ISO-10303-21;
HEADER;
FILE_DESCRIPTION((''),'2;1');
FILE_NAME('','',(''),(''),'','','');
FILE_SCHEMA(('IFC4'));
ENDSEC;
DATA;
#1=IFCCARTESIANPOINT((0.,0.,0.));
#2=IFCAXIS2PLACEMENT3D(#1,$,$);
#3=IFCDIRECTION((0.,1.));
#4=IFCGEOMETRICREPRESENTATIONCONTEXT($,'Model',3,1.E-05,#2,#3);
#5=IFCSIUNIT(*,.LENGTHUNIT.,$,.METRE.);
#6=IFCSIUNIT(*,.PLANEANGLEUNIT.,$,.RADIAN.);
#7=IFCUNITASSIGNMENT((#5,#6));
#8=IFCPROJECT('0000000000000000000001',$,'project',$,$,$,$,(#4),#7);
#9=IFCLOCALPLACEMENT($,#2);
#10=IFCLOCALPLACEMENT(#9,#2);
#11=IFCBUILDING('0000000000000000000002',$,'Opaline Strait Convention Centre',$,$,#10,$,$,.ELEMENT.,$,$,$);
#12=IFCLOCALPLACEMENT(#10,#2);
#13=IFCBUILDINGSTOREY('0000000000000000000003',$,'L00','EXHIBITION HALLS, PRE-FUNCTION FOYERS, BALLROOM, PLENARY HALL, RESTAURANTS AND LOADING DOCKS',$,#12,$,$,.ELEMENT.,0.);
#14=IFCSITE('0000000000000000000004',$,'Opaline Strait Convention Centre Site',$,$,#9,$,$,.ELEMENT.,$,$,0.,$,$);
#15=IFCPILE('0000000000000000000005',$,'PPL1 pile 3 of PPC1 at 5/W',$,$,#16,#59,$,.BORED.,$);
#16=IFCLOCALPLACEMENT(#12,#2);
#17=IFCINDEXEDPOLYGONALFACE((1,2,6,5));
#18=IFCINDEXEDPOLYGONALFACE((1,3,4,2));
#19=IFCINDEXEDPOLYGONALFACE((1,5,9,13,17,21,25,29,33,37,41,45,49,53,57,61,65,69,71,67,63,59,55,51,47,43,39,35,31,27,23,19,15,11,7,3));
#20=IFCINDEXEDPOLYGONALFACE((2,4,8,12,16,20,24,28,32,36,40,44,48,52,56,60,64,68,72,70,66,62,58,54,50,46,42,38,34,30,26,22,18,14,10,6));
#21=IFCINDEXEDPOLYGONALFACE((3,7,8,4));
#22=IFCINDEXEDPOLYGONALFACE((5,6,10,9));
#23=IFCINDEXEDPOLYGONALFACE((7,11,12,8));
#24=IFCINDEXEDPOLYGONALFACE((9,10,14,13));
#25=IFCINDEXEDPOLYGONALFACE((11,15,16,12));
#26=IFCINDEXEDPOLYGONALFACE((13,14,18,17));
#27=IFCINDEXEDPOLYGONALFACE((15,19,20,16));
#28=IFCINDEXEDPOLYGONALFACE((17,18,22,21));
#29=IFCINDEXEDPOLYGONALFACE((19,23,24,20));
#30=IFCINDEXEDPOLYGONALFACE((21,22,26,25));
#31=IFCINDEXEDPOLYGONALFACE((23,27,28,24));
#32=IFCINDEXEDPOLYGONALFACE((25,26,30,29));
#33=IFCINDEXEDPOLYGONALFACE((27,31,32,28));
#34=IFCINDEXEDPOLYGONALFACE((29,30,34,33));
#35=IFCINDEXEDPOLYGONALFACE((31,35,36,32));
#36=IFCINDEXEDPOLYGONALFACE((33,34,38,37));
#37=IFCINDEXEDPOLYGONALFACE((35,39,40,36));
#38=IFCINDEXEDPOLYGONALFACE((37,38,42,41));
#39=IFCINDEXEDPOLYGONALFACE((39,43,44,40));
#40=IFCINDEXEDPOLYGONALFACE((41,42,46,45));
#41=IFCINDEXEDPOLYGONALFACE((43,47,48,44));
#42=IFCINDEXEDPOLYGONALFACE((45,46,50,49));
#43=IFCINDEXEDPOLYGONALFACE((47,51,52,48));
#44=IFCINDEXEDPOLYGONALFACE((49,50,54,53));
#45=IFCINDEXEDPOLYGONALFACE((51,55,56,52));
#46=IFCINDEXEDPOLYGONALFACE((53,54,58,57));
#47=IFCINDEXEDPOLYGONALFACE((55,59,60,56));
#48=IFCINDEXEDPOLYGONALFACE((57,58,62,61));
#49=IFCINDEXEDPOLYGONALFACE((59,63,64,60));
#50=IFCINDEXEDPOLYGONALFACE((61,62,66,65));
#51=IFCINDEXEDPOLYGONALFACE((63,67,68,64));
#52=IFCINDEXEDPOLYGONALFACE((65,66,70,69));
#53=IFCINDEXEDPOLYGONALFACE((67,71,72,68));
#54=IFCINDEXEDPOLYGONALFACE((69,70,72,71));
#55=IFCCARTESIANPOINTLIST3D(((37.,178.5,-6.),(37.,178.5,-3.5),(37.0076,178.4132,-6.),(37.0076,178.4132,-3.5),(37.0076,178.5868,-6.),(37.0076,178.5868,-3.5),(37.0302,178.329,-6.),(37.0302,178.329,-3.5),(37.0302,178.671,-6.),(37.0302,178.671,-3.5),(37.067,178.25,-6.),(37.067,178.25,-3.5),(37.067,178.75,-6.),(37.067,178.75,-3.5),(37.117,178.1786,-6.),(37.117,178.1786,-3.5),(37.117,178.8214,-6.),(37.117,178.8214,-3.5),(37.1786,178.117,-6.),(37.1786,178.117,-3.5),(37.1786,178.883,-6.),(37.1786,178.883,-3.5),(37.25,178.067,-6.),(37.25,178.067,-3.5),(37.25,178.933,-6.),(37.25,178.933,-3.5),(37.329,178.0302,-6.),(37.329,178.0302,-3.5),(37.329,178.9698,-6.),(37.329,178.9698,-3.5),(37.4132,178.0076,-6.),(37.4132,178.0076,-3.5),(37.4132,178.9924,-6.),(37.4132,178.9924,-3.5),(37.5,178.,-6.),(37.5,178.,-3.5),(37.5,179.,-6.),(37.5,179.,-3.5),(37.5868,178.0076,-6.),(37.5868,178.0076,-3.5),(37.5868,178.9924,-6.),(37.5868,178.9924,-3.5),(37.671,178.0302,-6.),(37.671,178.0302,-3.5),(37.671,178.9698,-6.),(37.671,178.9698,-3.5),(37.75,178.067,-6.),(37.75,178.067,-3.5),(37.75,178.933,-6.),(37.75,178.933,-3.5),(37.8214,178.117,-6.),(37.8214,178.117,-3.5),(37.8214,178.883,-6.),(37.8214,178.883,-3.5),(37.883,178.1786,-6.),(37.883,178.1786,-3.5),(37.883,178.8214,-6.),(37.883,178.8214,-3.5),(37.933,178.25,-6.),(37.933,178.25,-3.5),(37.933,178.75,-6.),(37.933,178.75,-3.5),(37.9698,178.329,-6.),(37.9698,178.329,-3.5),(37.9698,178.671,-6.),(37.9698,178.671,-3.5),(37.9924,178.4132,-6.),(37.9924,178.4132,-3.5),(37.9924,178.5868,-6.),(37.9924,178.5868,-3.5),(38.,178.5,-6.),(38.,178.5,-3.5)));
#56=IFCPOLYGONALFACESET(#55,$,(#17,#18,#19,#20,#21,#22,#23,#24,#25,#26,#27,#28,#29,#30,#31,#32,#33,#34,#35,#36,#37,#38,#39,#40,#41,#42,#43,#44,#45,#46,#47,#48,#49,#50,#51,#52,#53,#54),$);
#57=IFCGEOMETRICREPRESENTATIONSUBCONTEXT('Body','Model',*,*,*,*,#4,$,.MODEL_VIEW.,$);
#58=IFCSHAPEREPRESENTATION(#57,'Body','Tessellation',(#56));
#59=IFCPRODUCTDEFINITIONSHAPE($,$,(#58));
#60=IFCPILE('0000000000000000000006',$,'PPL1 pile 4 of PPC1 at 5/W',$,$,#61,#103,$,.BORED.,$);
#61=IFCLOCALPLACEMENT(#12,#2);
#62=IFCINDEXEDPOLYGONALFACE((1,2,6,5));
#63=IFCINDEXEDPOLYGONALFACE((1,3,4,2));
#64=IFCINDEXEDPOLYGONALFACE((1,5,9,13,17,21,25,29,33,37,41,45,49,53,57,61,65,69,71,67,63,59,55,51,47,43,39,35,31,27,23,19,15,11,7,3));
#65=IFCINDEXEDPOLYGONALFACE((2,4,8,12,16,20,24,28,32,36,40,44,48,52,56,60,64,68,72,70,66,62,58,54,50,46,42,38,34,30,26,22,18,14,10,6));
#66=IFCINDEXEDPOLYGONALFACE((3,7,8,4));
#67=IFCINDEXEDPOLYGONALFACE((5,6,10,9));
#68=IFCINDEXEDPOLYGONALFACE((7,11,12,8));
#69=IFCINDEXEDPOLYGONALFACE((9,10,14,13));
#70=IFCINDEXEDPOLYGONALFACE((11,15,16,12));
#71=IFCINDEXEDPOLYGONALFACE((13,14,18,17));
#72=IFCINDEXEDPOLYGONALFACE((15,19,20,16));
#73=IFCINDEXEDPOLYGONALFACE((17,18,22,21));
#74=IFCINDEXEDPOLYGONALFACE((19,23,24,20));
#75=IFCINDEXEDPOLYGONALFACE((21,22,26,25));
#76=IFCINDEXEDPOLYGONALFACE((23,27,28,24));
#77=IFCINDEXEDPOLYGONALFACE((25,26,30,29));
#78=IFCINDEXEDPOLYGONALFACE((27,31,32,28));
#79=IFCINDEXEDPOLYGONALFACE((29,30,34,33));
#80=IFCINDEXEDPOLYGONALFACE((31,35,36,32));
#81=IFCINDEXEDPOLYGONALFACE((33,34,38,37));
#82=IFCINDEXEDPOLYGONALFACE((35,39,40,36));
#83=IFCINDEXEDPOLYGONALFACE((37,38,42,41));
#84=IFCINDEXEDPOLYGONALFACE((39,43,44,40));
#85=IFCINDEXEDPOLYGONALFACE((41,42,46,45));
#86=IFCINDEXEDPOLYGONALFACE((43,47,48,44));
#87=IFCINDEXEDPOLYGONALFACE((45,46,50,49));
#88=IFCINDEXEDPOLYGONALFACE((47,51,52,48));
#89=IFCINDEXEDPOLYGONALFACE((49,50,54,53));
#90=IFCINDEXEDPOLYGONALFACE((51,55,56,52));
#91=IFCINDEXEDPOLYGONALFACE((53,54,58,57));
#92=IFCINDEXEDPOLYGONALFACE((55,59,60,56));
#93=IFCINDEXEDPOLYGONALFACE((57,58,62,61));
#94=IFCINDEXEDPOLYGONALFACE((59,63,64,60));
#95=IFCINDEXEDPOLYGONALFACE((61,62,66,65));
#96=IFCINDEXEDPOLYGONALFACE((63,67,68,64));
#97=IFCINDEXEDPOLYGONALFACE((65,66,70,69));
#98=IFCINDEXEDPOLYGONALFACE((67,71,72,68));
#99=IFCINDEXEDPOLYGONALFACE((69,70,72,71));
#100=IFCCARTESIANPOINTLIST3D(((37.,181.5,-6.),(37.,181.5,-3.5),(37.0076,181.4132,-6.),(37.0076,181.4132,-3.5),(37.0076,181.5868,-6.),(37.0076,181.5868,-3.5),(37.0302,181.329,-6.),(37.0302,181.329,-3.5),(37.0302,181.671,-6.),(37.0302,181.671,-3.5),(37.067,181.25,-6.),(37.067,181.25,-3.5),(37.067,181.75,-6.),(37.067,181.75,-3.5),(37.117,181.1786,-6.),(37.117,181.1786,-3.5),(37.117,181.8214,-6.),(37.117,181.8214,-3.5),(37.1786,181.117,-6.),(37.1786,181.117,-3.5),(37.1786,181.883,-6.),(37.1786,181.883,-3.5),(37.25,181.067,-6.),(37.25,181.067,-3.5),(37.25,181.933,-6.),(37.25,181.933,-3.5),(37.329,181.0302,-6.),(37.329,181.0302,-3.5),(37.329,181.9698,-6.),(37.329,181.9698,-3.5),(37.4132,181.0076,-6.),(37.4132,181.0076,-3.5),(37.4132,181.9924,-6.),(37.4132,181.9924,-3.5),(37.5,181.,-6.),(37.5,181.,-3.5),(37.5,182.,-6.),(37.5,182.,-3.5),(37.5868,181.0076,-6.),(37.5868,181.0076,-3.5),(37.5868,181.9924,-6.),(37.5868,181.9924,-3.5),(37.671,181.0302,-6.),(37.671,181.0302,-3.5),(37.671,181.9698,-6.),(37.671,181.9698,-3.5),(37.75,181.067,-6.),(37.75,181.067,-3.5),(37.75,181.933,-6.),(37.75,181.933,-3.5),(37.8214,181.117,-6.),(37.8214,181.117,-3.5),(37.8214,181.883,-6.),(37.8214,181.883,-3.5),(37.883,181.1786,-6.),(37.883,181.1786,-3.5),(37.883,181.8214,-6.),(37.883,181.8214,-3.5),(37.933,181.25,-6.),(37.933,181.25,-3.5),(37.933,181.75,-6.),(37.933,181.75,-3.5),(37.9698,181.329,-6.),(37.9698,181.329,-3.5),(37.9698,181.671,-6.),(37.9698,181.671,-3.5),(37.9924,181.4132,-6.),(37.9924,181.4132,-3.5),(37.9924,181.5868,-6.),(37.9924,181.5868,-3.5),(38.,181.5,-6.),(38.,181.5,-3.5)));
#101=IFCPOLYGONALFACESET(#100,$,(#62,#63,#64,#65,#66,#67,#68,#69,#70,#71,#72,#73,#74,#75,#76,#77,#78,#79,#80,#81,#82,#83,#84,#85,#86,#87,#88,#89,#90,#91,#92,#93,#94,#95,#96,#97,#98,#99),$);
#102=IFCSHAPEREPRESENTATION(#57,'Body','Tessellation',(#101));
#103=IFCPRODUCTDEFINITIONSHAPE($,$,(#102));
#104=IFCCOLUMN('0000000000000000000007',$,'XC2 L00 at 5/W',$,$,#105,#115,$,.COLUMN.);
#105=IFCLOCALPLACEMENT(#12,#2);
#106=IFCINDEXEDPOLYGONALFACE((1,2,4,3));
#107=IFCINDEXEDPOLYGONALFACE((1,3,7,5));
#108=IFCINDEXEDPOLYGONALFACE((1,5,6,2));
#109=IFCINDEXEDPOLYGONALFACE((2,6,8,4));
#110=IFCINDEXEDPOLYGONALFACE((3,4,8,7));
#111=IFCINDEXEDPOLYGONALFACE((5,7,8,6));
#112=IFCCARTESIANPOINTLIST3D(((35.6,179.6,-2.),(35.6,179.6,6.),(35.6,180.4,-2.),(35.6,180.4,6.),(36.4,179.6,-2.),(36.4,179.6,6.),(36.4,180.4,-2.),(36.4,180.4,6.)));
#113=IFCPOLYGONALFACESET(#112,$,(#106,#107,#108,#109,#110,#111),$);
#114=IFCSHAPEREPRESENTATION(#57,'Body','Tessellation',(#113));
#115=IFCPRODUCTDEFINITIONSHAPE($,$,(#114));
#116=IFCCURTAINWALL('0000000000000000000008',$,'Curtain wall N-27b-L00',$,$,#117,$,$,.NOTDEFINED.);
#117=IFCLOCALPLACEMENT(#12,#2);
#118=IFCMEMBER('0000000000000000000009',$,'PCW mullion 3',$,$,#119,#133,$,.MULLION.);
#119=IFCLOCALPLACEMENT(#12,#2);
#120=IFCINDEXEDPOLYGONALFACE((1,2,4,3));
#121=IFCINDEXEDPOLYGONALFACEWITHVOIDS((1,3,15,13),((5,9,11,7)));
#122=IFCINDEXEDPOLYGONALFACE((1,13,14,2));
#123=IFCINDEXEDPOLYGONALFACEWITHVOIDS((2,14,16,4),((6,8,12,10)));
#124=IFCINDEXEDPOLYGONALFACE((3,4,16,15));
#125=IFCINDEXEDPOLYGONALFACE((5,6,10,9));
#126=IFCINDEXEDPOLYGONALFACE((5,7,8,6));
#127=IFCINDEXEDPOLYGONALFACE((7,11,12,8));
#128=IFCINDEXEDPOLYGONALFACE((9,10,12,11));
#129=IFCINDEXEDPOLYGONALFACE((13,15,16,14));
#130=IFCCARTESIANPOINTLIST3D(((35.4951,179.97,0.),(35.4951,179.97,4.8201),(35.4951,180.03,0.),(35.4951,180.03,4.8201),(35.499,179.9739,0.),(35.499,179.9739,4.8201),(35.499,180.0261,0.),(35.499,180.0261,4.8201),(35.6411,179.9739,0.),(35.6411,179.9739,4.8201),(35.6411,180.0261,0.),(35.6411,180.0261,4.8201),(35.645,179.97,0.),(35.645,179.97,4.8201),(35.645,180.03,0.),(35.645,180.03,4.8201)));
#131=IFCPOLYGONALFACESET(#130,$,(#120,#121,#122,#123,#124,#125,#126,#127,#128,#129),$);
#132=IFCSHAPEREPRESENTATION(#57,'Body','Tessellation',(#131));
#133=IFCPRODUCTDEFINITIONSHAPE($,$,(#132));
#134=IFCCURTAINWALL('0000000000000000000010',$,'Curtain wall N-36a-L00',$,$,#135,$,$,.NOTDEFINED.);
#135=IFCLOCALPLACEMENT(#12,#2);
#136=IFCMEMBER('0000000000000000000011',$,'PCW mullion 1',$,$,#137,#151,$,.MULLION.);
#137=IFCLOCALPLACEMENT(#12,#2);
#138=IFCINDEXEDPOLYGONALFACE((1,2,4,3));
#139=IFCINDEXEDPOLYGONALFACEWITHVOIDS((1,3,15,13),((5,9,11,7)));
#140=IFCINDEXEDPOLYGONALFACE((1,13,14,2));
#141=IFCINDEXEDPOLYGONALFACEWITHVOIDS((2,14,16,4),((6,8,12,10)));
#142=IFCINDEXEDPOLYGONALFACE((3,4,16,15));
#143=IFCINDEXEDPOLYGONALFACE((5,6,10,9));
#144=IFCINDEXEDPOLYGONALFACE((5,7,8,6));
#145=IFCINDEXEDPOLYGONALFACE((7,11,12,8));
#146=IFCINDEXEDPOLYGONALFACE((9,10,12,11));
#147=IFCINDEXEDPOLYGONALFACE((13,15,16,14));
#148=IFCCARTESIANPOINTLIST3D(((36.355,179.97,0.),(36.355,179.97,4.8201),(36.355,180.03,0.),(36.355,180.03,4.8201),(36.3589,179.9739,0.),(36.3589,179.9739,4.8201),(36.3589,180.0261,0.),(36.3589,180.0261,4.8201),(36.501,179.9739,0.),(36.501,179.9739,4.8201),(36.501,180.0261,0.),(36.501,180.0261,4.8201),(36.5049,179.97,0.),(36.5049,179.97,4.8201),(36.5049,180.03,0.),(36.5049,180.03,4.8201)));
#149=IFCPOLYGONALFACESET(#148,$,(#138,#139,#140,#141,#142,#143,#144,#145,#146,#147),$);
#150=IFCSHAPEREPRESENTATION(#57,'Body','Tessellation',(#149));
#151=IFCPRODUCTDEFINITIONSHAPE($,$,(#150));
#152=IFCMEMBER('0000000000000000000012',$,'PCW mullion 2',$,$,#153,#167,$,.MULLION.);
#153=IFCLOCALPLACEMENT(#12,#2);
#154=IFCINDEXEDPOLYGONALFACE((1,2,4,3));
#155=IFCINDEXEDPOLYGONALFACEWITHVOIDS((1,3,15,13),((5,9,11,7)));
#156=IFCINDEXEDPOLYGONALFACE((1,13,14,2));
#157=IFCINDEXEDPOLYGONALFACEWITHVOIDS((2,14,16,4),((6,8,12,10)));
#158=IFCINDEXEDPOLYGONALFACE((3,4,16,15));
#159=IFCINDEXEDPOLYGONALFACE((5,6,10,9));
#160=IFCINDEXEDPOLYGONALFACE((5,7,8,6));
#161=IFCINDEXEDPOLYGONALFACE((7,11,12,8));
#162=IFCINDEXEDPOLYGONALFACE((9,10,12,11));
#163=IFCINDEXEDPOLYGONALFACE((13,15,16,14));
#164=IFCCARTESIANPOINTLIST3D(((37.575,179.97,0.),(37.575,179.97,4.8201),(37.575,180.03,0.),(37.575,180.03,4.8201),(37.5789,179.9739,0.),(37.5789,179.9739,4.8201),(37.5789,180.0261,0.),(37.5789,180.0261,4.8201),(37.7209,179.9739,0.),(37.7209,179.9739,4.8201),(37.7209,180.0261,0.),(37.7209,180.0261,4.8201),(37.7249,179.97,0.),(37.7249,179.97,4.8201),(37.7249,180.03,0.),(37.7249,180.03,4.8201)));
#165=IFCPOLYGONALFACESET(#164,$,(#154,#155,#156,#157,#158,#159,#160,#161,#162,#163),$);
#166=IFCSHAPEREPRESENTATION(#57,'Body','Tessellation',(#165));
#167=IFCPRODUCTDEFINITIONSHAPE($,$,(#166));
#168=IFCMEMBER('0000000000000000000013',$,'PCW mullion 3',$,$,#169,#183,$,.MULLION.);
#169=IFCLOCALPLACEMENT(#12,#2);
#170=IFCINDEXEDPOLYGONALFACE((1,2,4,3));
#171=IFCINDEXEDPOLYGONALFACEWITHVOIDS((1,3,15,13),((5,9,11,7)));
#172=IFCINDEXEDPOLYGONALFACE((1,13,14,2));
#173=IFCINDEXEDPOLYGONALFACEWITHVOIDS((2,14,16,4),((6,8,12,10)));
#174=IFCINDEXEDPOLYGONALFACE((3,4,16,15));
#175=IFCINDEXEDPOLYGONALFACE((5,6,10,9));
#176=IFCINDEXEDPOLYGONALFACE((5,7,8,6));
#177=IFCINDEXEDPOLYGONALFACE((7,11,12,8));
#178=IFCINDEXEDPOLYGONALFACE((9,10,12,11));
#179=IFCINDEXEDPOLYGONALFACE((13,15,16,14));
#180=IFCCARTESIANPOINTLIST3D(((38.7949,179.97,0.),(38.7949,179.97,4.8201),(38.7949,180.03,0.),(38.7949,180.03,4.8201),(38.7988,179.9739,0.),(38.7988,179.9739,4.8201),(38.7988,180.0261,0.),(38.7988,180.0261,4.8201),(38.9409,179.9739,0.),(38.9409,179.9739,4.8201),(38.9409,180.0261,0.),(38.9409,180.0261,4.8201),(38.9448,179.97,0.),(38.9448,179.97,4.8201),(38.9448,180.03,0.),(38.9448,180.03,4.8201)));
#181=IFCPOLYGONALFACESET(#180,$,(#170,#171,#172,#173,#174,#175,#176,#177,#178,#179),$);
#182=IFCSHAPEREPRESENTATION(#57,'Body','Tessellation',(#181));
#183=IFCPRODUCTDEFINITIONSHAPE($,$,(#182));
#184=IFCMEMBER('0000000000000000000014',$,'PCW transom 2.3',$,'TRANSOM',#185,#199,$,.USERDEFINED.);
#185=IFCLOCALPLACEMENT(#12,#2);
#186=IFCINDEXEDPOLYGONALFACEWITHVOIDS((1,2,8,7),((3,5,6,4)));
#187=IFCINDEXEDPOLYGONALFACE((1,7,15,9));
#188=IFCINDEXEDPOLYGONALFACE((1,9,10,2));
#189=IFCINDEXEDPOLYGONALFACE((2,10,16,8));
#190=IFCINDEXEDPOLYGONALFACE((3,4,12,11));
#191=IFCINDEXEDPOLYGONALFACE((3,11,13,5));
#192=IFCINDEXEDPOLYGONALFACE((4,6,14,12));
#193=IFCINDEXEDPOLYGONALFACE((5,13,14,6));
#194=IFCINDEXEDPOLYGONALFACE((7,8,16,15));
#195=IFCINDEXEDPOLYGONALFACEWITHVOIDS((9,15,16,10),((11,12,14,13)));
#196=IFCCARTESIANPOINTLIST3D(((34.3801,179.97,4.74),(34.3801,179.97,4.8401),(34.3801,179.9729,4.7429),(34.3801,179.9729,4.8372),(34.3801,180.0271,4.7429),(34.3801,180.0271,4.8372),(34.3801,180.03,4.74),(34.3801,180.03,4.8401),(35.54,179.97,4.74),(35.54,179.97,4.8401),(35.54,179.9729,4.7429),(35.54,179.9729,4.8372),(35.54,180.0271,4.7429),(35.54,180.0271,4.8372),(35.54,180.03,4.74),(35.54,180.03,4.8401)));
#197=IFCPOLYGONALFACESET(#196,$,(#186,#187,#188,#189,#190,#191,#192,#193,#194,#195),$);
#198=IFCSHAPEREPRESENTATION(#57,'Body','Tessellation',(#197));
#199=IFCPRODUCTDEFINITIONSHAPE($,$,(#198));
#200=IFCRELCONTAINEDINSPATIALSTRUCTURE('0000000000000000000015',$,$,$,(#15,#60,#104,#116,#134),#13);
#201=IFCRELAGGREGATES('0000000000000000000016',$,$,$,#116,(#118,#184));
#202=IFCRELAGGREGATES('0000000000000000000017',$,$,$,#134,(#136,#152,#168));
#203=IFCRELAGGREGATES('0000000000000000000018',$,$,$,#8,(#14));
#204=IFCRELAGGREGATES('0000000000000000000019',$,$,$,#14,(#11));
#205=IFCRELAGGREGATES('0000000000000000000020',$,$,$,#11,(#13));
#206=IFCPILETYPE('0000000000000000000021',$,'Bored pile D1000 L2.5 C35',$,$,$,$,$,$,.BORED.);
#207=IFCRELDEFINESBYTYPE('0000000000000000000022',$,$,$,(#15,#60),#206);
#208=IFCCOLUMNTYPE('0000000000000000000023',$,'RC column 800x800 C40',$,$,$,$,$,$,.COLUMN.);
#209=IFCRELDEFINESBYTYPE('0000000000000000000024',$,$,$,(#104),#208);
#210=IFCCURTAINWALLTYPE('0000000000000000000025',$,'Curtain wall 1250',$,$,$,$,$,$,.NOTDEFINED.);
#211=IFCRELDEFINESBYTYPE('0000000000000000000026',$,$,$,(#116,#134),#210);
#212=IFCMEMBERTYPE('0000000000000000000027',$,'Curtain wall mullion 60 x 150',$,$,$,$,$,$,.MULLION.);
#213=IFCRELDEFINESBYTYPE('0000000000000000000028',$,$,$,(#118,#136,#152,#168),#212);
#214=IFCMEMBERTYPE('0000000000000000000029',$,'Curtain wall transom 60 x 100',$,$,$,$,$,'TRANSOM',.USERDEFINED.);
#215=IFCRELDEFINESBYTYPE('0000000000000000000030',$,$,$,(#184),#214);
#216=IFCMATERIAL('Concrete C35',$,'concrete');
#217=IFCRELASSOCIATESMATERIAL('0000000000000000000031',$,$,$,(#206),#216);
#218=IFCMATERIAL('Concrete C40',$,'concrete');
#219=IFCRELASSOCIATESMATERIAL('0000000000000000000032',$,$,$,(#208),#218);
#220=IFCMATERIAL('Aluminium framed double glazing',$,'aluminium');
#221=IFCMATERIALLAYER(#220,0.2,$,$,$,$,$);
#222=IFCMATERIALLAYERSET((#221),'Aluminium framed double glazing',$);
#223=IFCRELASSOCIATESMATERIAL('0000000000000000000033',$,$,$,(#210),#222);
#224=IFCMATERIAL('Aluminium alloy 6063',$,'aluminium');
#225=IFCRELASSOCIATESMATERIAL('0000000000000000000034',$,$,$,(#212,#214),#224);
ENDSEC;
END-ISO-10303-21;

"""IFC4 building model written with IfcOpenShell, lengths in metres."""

from ifc_helpers import new_model, si_unit, direction, frame, origin, origin_2d, place, context, subcontext, project, spatial, rectangle, hollow_rectangle, circle, extrude, material, layer, layer_set, material_profile, profile_set, type_object, element, aggregate, save


model = new_model("IFC4")

# Units and contexts
model_context = context("Model", 3, precision=1e-05, world=origin(), true_north=direction((0.0, 1.0)))
body_context = subcontext(model_context, "Body", "Model", "MODEL_VIEW")
ifc_project = project(units=[si_unit("LENGTHUNIT", "METRE"), si_unit("PLANEANGLEUNIT", "RADIAN")], contexts=[model_context])

# Site, building, storey
site_placement = place(None, origin())
site = spatial("IfcSite", under=ifc_project, at=site_placement, Name="Opaline Strait Convention Centre Site", CompositionType="ELEMENT", RefElevation=0.0)
building_placement = place(site_placement, origin())
building = spatial("IfcBuilding", under=site, at=building_placement, Name="Opaline Strait Convention Centre", CompositionType="ELEMENT")
storey_placement = place(building_placement, origin())
storey = spatial("IfcBuildingStorey", under=building, at=storey_placement, Name="L00", Description="EXHIBITION HALLS, PRE-FUNCTION FOYERS, BALLROOM, PLENARY HALL, RESTAURANTS AND LOADING DOCKS", CompositionType="ELEMENT", Elevation=0.0)

# Piles
ifc_material_1 = material(Name="Concrete C35", Category="concrete")
ifc_material_profile_1 = material_profile(ifc_material_1, circle(Radius=0.5, at=origin_2d()), Name="D1000")
ifc_profile_set_1 = profile_set([ifc_material_profile_1], Name="Concrete C35")
pile_type = type_object("IfcPileType", Name="Bored pile D1000 L2.5 C35", PredefinedType="BORED", material=ifc_profile_set_1)
for number, where, z_axis, x_axis, name in (
    (1, (37.5, 178.5, -3.5), (0.0, 0.0, -1.0), (1.0, 0.0, 0.0), "PPL1 pile 3 of PPC1 at 5/W"),
    (2, (37.5, 181.5, -3.5), (0.0, 0.0, -1.0), (1.0, 0.0, 0.0), "PPL1 pile 4 of PPC1 at 5/W"),
):
    element("IfcPile", number, at=place(storey_placement, frame(where, z_axis=z_axis, x_axis=x_axis)), inside=storey, type_object=pile_type, Name=name, PredefinedType="BORED", context=body_context, shape_type="SweptSolid", body=[
        extrude(circle(Radius=0.5, at=origin_2d()), origin(), (0.0, 0.0, 1.0), 2.5),
    ])

# Column
ifc_material_2 = material(Name="Concrete C40", Category="concrete")
ifc_material_profile_2 = material_profile(ifc_material_2, rectangle(XDim=0.8, YDim=0.8, at=origin_2d()), Name="RC 800x800")
ifc_profile_set_2 = profile_set([ifc_material_profile_2], Name="Concrete C40")
column_type = type_object("IfcColumnType", Name="RC column 800x800 C40", PredefinedType="COLUMN", material=ifc_profile_set_2)
column_placement = place(storey_placement, frame((36.0, 180.0, -2.0), z_axis=(0.0, 0.0, 1.0), x_axis=(1.0, 0.0, 0.0)))
element("IfcColumn", 3, at=column_placement, inside=storey, type_object=column_type, Name="XC2 L00 at 5/W", PredefinedType="COLUMN", context=body_context, shape_type="SweptSolid", body=[
    extrude(rectangle(XDim=0.8, YDim=0.8, at=origin_2d()), origin(), (0.0, 0.0, 1.0), 8.0),
])

# Curtain wall, member
ifc_material_3 = material(Name="Aluminium framed double glazing", Category="aluminium")
ifc_layer_1 = layer(ifc_material_3, 0.2)
ifc_layer_set_1 = layer_set([ifc_layer_1], Name="Aluminium framed double glazing")
curtain_wall_type = type_object("IfcCurtainWallType", Name="Curtain wall 1250", PredefinedType="NOTDEFINED", material=ifc_layer_set_1)
curtain_wall_1_placement = place(storey_placement, origin())
curtain_wall_1 = element("IfcCurtainWall", 4, at=curtain_wall_1_placement, inside=storey, type_object=curtain_wall_type, Name="Curtain wall N-27b-L00", PredefinedType="NOTDEFINED")
ifc_material_4 = material(Name="Aluminium alloy 6063", Category="aluminium")
ifc_material_profile_3 = material_profile(ifc_material_4, hollow_rectangle(XDim=0.0601, YDim=0.1499, WallThickness=0.0039, at=origin_2d()), Name="MULLION 60x150x4")
ifc_profile_set_3 = profile_set([ifc_material_profile_3], Name="Aluminium alloy 6063")
member_type_1 = type_object("IfcMemberType", Name="Curtain wall mullion 60 x 150", PredefinedType="MULLION", material=ifc_profile_set_3)
member_1_placement = place(storey_placement, frame((35.5701, 180.0, 0.0), z_axis=(0.0, 0.0, 1.0), x_axis=(0.0, 1.0, 0.0)))
member_1 = element("IfcMember", 5, at=member_1_placement, type_object=member_type_1, Name="PCW mullion 3", PredefinedType="MULLION", context=body_context, shape_type="SweptSolid", body=[
    extrude(hollow_rectangle(XDim=0.0601, YDim=0.1499, WallThickness=0.0039, at=origin_2d()), origin(), (0.0, 0.0, 1.0), 4.8201),
])

# Curtain wall, members
curtain_wall_2_placement = place(storey_placement, origin())
curtain_wall_2 = element("IfcCurtainWall", 6, at=curtain_wall_2_placement, inside=storey, type_object=curtain_wall_type, Name="Curtain wall N-36a-L00", PredefinedType="NOTDEFINED")
member_2_placement = place(storey_placement, frame((36.4299, 180.0, 0.0), z_axis=(0.0, 0.0, 1.0), x_axis=(0.0, 1.0, 0.0)))
member_2 = element("IfcMember", 7, at=member_2_placement, type_object=member_type_1, Name="PCW mullion 1", PredefinedType="MULLION", context=body_context, shape_type="SweptSolid", body=[
    extrude(hollow_rectangle(XDim=0.0601, YDim=0.1499, WallThickness=0.0039, at=origin_2d()), origin(), (0.0, 0.0, 1.0), 4.8201),
])
member_3_placement = place(storey_placement, frame((37.6499, 180.0, 0.0), z_axis=(0.0, 0.0, 1.0), x_axis=(0.0, 1.0, 0.0)))
member_3 = element("IfcMember", 8, at=member_3_placement, type_object=member_type_1, Name="PCW mullion 2", PredefinedType="MULLION", context=body_context, shape_type="SweptSolid", body=[
    extrude(hollow_rectangle(XDim=0.0601, YDim=0.1499, WallThickness=0.0039, at=origin_2d()), origin(), (0.0, 0.0, 1.0), 4.8201),
])
member_4_placement = place(storey_placement, frame((38.8699, 180.0, 0.0), z_axis=(0.0, 0.0, 1.0), x_axis=(0.0, 1.0, 0.0)))
member_4 = element("IfcMember", 9, at=member_4_placement, type_object=member_type_1, Name="PCW mullion 3", PredefinedType="MULLION", context=body_context, shape_type="SweptSolid", body=[
    extrude(hollow_rectangle(XDim=0.0601, YDim=0.1499, WallThickness=0.0039, at=origin_2d()), origin(), (0.0, 0.0, 1.0), 4.8201),
])

# Member
ifc_material_profile_4 = material_profile(ifc_material_4, hollow_rectangle(XDim=0.0601, YDim=0.1001, WallThickness=0.0029, at=origin_2d()), Name="TRANSOM 60x100x3")
ifc_profile_set_4 = profile_set([ifc_material_profile_4], Name="Aluminium alloy 6063")
member_type_2 = type_object("IfcMemberType", Name="Curtain wall transom 60 x 100", ElementType="TRANSOM", PredefinedType="USERDEFINED", material=ifc_profile_set_4)
member_5_placement = place(storey_placement, frame((34.3801, 180.0, 4.79), z_axis=(1.0, 0.0, 0.0), x_axis=(0.0, 1.0, 0.0)))
member_5 = element("IfcMember", 10, at=member_5_placement, type_object=member_type_2, Name="PCW transom 2.3", ObjectType="TRANSOM", PredefinedType="USERDEFINED", context=body_context, shape_type="SweptSolid", body=[
    extrude(hollow_rectangle(XDim=0.0601, YDim=0.1001, WallThickness=0.0029, at=origin_2d()), origin(), (0.0, 0.0, 1.0), 1.1599),
])

aggregate(curtain_wall_1, [member_1, member_5])
aggregate(curtain_wall_2, [member_2, member_3, member_4])

save(model, "model.ifc")
